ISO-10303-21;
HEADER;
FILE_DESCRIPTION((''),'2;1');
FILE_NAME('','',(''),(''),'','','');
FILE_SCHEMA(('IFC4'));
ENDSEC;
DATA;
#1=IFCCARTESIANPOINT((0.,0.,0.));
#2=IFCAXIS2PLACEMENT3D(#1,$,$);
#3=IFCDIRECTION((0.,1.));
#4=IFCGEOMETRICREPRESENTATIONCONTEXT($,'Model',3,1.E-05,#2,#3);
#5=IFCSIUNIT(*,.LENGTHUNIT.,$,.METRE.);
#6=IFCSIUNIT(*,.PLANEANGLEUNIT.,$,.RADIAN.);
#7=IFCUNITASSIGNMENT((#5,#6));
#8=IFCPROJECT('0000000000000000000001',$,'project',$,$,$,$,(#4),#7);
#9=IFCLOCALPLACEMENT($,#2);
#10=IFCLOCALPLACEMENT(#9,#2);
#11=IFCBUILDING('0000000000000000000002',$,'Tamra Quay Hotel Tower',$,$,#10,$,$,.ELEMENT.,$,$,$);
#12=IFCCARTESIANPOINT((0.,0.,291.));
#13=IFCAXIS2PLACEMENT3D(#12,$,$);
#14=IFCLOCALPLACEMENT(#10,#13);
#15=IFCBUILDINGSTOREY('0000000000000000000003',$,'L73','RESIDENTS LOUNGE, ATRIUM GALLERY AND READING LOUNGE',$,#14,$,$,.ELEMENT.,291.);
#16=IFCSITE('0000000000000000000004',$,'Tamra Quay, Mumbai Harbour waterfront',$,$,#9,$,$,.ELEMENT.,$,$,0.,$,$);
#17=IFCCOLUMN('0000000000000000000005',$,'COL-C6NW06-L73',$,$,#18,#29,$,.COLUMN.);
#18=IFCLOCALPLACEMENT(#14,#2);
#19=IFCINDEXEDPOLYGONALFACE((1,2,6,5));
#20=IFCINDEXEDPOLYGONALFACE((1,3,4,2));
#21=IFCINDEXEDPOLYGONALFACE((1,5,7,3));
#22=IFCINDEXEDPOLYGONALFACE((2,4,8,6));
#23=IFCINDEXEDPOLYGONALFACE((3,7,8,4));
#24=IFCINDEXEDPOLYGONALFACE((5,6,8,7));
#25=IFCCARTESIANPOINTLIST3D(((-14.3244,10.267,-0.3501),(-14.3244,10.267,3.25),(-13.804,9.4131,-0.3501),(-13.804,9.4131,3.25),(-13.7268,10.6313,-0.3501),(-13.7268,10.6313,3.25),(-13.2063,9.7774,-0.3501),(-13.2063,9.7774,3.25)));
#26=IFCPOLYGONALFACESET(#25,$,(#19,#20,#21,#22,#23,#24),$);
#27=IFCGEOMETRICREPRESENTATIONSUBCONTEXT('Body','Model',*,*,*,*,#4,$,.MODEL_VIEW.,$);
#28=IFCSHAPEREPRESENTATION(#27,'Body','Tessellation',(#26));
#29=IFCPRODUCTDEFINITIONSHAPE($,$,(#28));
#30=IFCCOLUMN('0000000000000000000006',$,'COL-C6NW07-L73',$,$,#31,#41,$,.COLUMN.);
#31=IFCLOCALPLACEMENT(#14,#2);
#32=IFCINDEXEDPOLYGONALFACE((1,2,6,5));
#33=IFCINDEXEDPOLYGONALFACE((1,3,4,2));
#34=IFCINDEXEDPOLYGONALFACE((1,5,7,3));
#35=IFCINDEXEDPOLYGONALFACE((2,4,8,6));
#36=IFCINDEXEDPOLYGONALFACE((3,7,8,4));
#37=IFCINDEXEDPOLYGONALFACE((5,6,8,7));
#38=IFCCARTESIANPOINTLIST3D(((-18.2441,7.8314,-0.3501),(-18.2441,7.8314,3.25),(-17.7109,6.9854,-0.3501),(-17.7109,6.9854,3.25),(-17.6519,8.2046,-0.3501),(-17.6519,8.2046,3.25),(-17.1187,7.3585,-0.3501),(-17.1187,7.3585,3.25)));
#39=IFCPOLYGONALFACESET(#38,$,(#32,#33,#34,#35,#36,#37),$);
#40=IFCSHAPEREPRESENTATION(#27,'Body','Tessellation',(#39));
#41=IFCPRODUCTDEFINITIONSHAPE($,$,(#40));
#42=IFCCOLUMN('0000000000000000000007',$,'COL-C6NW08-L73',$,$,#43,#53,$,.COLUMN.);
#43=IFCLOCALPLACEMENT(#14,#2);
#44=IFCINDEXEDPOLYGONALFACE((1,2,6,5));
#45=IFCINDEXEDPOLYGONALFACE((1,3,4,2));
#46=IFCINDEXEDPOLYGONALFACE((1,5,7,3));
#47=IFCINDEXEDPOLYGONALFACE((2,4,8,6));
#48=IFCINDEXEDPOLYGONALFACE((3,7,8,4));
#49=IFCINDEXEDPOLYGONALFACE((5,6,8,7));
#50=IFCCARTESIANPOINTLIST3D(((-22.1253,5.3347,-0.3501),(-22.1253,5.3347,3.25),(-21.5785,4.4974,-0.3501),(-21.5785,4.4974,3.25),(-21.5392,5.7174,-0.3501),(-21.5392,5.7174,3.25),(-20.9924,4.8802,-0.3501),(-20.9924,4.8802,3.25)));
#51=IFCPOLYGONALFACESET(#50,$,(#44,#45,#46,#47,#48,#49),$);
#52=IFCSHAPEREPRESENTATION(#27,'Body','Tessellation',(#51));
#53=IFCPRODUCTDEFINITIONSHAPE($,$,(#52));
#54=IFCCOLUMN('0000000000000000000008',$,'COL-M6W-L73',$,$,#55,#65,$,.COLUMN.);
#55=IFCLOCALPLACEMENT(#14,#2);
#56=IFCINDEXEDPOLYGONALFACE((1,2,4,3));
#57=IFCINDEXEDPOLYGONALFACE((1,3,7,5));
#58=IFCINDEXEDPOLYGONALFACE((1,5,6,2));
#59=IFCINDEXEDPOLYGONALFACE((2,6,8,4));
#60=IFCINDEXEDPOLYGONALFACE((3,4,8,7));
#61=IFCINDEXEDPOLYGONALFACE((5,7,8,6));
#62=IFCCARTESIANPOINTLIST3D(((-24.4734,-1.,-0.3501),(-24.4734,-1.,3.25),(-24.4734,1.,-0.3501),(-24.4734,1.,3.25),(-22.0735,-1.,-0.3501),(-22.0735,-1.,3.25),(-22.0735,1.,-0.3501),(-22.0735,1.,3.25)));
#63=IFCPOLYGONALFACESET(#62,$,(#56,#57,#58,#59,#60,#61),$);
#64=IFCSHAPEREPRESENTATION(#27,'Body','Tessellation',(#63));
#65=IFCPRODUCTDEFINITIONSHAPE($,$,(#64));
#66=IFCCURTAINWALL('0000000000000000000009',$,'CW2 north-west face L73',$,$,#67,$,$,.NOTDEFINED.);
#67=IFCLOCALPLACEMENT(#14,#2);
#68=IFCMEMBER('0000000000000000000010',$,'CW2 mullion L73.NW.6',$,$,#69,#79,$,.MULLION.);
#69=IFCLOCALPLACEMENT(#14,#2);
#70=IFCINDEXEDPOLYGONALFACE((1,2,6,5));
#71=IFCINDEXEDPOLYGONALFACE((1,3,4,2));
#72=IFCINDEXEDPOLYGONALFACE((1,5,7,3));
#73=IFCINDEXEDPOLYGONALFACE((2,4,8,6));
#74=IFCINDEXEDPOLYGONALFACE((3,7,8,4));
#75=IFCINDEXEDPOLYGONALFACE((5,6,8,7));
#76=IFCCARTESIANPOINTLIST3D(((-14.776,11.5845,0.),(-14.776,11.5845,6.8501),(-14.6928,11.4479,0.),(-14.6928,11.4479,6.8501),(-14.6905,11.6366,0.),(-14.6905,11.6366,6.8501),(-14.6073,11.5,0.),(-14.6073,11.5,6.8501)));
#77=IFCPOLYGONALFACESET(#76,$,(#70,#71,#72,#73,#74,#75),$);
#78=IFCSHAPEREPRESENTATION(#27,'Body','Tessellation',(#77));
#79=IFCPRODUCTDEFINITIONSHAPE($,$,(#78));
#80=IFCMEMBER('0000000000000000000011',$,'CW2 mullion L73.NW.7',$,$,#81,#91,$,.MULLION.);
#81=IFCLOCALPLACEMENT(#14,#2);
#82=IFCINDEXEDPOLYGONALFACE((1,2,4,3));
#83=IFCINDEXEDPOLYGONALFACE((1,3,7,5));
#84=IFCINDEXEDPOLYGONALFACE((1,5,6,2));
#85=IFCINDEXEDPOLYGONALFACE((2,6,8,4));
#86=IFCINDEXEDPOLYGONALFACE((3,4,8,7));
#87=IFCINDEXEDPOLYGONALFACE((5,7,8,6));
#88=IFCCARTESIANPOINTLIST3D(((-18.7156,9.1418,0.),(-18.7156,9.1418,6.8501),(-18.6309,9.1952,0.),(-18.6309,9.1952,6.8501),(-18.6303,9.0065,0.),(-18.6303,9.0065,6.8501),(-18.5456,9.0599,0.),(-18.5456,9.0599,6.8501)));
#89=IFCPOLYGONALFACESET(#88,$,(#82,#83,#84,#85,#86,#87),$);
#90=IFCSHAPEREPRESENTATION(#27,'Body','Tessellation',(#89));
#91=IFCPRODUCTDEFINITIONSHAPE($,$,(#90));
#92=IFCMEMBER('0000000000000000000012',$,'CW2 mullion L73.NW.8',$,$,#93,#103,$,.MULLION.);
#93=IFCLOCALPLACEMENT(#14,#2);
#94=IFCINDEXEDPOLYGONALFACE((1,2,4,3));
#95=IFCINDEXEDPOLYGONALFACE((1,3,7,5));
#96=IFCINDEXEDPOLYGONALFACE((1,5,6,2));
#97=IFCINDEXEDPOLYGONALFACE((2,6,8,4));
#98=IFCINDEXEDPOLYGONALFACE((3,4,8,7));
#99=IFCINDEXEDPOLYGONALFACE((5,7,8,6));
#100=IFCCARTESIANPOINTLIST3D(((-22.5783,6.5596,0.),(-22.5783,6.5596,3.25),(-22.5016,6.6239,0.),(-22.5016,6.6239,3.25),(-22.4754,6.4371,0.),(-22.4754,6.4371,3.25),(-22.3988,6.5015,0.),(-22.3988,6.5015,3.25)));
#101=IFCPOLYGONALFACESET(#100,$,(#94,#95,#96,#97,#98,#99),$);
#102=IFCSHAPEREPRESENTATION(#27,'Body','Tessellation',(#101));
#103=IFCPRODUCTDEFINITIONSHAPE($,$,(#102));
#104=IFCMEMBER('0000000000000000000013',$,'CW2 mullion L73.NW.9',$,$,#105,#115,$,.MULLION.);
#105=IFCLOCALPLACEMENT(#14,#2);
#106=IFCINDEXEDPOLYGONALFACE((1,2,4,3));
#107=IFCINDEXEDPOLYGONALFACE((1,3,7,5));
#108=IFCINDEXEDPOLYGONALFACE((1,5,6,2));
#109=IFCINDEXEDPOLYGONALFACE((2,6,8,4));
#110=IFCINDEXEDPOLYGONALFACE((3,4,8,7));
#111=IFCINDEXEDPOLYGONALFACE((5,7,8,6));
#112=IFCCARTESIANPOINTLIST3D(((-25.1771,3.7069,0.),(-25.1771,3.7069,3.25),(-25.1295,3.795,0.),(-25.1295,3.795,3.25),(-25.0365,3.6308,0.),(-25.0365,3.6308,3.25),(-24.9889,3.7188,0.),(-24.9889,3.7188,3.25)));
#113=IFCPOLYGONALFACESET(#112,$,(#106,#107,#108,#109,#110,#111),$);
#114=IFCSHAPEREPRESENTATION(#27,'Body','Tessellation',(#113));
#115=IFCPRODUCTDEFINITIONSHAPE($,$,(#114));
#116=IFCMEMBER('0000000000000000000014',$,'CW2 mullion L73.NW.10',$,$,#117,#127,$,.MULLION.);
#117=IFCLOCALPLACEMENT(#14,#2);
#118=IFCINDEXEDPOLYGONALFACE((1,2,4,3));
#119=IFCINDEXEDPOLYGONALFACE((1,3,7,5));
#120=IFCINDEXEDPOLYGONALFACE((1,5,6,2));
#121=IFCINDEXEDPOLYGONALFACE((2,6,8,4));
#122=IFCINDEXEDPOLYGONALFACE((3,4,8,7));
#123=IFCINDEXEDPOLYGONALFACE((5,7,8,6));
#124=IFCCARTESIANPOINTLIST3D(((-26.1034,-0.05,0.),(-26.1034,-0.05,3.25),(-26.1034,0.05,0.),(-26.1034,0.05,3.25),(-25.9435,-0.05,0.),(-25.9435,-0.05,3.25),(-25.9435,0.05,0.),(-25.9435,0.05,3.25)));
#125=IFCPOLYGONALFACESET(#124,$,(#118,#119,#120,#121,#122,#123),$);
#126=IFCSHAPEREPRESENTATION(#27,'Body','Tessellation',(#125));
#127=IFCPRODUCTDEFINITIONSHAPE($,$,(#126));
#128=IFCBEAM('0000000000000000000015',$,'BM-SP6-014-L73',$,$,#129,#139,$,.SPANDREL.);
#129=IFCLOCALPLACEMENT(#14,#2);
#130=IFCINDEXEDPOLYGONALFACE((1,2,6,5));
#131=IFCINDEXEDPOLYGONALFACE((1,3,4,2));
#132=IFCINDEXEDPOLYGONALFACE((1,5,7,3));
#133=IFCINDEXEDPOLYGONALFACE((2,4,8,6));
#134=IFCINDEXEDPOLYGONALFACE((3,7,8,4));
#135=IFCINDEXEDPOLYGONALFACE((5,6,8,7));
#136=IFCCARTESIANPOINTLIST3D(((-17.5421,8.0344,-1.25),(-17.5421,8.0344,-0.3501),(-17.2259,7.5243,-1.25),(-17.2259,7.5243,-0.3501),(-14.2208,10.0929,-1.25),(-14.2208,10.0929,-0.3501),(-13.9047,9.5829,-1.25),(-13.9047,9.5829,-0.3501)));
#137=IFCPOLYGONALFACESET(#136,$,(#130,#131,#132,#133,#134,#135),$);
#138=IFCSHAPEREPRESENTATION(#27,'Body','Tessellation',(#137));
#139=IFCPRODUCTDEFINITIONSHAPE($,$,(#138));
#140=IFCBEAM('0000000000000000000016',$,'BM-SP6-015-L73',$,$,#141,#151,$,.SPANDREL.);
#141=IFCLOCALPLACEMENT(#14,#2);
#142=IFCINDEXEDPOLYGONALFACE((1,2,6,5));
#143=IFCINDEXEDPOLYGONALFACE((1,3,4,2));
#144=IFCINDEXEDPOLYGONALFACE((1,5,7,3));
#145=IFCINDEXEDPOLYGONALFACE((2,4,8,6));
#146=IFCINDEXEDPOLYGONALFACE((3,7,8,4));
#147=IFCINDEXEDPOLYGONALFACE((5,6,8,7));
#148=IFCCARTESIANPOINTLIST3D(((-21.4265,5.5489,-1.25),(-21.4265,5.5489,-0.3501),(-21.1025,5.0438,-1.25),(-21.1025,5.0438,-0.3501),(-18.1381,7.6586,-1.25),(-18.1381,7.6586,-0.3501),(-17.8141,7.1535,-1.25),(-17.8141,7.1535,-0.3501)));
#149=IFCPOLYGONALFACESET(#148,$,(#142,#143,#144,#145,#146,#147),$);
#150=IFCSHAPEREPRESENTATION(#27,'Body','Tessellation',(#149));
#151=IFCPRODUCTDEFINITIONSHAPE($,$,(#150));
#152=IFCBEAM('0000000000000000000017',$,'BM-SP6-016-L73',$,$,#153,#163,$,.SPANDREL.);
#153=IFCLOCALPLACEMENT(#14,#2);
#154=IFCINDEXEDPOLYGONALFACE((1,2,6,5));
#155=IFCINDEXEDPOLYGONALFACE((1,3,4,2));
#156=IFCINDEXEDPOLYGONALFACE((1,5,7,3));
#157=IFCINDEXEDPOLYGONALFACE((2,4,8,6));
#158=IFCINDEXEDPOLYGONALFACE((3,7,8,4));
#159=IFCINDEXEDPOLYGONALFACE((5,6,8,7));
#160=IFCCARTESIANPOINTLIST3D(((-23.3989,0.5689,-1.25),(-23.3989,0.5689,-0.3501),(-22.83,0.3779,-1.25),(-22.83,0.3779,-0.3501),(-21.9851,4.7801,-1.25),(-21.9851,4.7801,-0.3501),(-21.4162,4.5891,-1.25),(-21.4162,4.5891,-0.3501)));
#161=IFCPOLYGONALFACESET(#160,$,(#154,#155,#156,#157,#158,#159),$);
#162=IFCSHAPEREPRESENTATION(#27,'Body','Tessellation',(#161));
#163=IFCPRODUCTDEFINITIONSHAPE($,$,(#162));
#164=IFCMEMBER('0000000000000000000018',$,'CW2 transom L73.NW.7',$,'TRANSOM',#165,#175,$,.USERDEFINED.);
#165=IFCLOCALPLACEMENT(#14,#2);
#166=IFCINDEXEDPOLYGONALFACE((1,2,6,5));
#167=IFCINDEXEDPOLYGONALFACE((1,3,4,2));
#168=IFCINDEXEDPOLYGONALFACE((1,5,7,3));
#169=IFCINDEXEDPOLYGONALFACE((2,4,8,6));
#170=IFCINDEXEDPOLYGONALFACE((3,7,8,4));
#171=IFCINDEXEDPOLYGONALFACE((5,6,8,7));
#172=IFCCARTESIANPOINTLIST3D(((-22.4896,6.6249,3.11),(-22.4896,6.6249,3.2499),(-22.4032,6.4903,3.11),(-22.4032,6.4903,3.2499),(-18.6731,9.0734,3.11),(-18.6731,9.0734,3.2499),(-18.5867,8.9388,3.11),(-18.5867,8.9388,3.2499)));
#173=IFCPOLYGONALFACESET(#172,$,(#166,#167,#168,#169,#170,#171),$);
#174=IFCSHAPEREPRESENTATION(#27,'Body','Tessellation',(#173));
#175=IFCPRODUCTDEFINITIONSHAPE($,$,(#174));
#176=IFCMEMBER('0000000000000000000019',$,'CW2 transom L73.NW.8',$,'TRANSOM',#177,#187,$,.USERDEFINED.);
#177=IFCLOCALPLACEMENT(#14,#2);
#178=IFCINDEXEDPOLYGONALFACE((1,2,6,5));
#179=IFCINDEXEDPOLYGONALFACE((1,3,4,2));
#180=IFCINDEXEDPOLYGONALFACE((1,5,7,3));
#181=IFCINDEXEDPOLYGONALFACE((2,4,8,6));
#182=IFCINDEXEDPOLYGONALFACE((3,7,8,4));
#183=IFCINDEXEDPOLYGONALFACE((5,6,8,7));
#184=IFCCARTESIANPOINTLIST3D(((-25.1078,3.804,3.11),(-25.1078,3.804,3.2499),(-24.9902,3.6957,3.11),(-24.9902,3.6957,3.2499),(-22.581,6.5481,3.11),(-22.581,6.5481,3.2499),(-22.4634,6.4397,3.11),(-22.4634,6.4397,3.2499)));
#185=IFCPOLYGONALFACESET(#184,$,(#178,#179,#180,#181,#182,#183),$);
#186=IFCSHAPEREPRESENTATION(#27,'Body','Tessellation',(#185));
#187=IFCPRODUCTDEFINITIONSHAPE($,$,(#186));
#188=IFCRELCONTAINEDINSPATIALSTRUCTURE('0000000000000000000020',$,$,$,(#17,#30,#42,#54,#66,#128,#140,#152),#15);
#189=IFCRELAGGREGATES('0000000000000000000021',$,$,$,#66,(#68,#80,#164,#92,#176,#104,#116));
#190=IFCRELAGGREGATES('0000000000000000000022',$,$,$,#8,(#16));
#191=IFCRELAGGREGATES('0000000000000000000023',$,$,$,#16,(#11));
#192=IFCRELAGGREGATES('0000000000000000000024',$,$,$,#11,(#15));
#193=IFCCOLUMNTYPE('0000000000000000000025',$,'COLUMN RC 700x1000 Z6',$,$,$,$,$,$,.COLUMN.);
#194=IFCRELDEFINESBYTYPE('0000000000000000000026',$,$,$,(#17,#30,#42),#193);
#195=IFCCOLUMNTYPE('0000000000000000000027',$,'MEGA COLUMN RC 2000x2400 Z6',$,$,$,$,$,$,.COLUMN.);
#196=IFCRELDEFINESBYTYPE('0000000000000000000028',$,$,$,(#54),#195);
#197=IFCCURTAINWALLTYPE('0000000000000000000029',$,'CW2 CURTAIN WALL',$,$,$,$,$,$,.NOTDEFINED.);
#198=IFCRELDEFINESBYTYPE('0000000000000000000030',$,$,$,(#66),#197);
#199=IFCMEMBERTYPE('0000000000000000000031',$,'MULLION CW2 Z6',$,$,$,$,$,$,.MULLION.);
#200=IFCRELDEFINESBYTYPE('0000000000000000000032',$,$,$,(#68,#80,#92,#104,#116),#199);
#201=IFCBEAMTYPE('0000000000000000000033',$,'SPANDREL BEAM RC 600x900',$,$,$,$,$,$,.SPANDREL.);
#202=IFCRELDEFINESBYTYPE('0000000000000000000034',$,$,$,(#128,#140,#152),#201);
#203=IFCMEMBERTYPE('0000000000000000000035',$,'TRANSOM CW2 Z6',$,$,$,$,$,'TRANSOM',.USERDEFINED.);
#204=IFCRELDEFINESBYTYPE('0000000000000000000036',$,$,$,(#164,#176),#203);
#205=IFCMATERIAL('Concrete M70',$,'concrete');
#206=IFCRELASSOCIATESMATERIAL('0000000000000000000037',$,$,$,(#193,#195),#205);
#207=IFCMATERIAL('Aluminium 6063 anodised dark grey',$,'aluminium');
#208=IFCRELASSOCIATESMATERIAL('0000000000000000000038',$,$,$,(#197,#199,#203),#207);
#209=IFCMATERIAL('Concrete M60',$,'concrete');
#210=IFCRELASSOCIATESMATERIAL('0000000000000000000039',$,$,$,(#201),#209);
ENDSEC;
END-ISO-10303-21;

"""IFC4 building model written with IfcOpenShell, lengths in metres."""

from ifc_helpers import new_model, si_unit, direction, frame, origin, origin_2d, place, context, subcontext, project, spatial, rectangle, extrude, material, material_profile, profile_set, type_object, element, aggregate, save


model = new_model("IFC4")

# Units and contexts
model_context = context("Model", 3, precision=1e-05, world=origin(), true_north=direction((0.0, 1.0)))
body_context = subcontext(model_context, "Body", "Model", "MODEL_VIEW")
ifc_project = project(units=[si_unit("LENGTHUNIT", "METRE"), si_unit("PLANEANGLEUNIT", "RADIAN")], contexts=[model_context])

# Site, building, storey
site_placement = place(None, origin())
site = spatial("IfcSite", under=ifc_project, at=site_placement, Name="Tamra Quay, Mumbai Harbour waterfront", CompositionType="ELEMENT", RefElevation=0.0)
building_placement = place(site_placement, origin())
building = spatial("IfcBuilding", under=site, at=building_placement, Name="Tamra Quay Hotel Tower", CompositionType="ELEMENT")
storey_placement = place(building_placement, frame((0.0, 0.0, 291.0)))
storey = spatial("IfcBuildingStorey", under=building, at=storey_placement, Name="L73", Description="RESIDENTS LOUNGE, ATRIUM GALLERY AND READING LOUNGE", CompositionType="ELEMENT", Elevation=291.0)

# Columns
ifc_material_1 = material(Name="Concrete M70", Category="concrete")
ifc_material_profile_1 = material_profile(ifc_material_1, rectangle(XDim=1.0, YDim=0.7, at=origin_2d()), Name="COLUMN RC 700x1000 Z6")
ifc_profile_set_1 = profile_set([ifc_material_profile_1], Name="Concrete M70")
column_type_1 = type_object("IfcColumnType", Name="COLUMN RC 700x1000 Z6", PredefinedType="COLUMN", material=ifc_profile_set_1)
for number, where, z_axis, x_axis, name in (
    (1, (-13.7654, 10.0222, -0.3501), (0.0, 0.0, 1.0), (-0.52043, 0.853904, 0.0), "COL-C6NW06-L73"),
    (2, (-17.6814, 7.595, -0.3501), (0.0, 0.0, 1.0), (-0.533133, 0.846031, 0.0), "COL-C6NW07-L73"),
    (3, (-21.5588, 5.1074, -0.3501), (0.0, 0.0, 1.0), (-0.546805, 0.83726, 0.0), "COL-C6NW08-L73"),
):
    element("IfcColumn", number, at=place(storey_placement, frame(where, z_axis=z_axis, x_axis=x_axis)), inside=storey, type_object=column_type_1, Name=name, PredefinedType="COLUMN", context=body_context, shape_type="SweptSolid", body=[
        extrude(rectangle(XDim=1.0, YDim=0.7, at=origin_2d()), origin(), (0.0, 0.0, 1.0), 3.6001),
    ])
ifc_material_profile_2 = material_profile(ifc_material_1, rectangle(XDim=2.3999, YDim=2.0, at=origin_2d()), Name="MEGA COLUMN RC 2000x2400 Z6")
ifc_profile_set_2 = profile_set([ifc_material_profile_2], Name="Concrete M70")
column_type_2 = type_object("IfcColumnType", Name="MEGA COLUMN RC 2000x2400 Z6", PredefinedType="COLUMN", material=ifc_profile_set_2)
column_placement = place(storey_placement, frame((-23.2734, 0.0, -0.3501), z_axis=(0.0, 0.0, 1.0), x_axis=(1.0, 0.0, 0.0)))
element("IfcColumn", 4, at=column_placement, inside=storey, type_object=column_type_2, Name="COL-M6W-L73", PredefinedType="COLUMN", context=body_context, shape_type="SweptSolid", body=[
    extrude(rectangle(XDim=2.3999, YDim=2.0, at=origin_2d()), origin(), (0.0, 0.0, 1.0), 3.6001),
])

# Curtain wall, members
ifc_material_2 = material(Name="Aluminium 6063 anodised dark grey", Category="aluminium")
curtain_wall_type = type_object("IfcCurtainWallType", Name="CW2 CURTAIN WALL", PredefinedType="NOTDEFINED", material=ifc_material_2)
curtain_wall_placement = place(storey_placement, origin())
curtain_wall = element("IfcCurtainWall", 5, at=curtain_wall_placement, inside=storey, type_object=curtain_wall_type, Name="CW2 north-west face L73", PredefinedType="NOTDEFINED")
ifc_material_profile_3 = material_profile(ifc_material_2, rectangle(XDim=0.1599, YDim=0.1001, at=origin_2d()), Name="MULLION 100X160")
ifc_profile_set_3 = profile_set([ifc_material_profile_3], Name="Aluminium 6063 anodised dark grey")
member_type_1 = type_object("IfcMemberType", Name="MULLION CW2 Z6", PredefinedType="MULLION", material=ifc_profile_set_3)
member_1_placement = place(storey_placement, frame((-14.6917, 11.5422, 0.0), z_axis=(0.0, 0.0, 1.0), x_axis=(-0.52016, 0.854069, 0.0)))
member_1 = element("IfcMember", 6, at=member_1_placement, type_object=member_type_1, Name="CW2 mullion L73.NW.6", PredefinedType="MULLION", context=body_context, shape_type="SweptSolid", body=[
    extrude(rectangle(XDim=0.1599, YDim=0.1001, at=origin_2d()), origin(), (0.0, 0.0, 1.0), 6.8501),
])
member_2_placement = place(storey_placement, frame((-18.6306, 9.1008, 0.0), z_axis=(0.0, 0.0, 1.0), x_axis=(-0.533422, 0.845849, 0.0)))
member_2 = element("IfcMember", 7, at=member_2_placement, type_object=member_type_1, Name="CW2 mullion L73.NW.7", PredefinedType="MULLION", context=body_context, shape_type="SweptSolid", body=[
    extrude(rectangle(XDim=0.1599, YDim=0.1001, at=origin_2d()), origin(), (0.0, 0.0, 1.0), 6.8501),
])
member_3_placement = place(storey_placement, frame((-22.4885, 6.5305, 0.0), z_axis=(0.0, 0.0, 1.0), x_axis=(-0.643086, 0.765794, 0.0)))
member_3 = element("IfcMember", 8, at=member_3_placement, type_object=member_type_1, Name="CW2 mullion L73.NW.8", PredefinedType="MULLION", context=body_context, shape_type="SweptSolid", body=[
    extrude(rectangle(XDim=0.1599, YDim=0.1001, at=origin_2d()), origin(), (0.0, 0.0, 1.0), 3.25),
])
member_4_placement = place(storey_placement, frame((-25.083, 3.7129, 0.0), z_axis=(0.0, 0.0, 1.0), x_axis=(-0.879433, 0.476023, 0.0)))
member_4 = element("IfcMember", 9, at=member_4_placement, type_object=member_type_1, Name="CW2 mullion L73.NW.9", PredefinedType="MULLION", context=body_context, shape_type="SweptSolid", body=[
    extrude(rectangle(XDim=0.1599, YDim=0.1001, at=origin_2d()), origin(), (0.0, 0.0, 1.0), 3.25),
])
member_5_placement = place(storey_placement, frame((-26.0234, 0.0, 0.0), z_axis=(0.0, 0.0, 1.0), x_axis=(-1.0, 0.0, 0.0)))
member_5 = element("IfcMember", 10, at=member_5_placement, type_object=member_type_1, Name="CW2 mullion L73.NW.10", PredefinedType="MULLION", context=body_context, shape_type="SweptSolid", body=[
    extrude(rectangle(XDim=0.1599, YDim=0.1001, at=origin_2d()), origin(), (0.0, 0.0, 1.0), 3.25),
])

# Beams
ifc_material_3 = material(Name="Concrete M60", Category="concrete")
ifc_material_profile_4 = material_profile(ifc_material_3, rectangle(XDim=0.6001, YDim=0.8999, at=origin_2d()), Name="SPANDREL BEAM RC 600x900")
ifc_profile_set_4 = profile_set([ifc_material_profile_4], Name="Concrete M60")
beam_type = type_object("IfcBeamType", Name="SPANDREL BEAM RC 600x900", PredefinedType="SPANDREL", material=ifc_profile_set_4)
beam_1_placement = place(storey_placement, frame((-14.0627, 9.8379, -0.8), z_axis=(-0.849972, -0.526828, 0.0), x_axis=(0.526828, -0.849972, 0.0)))
element("IfcBeam", 11, at=beam_1_placement, inside=storey, type_object=beam_type, Name="BM-SP6-014-L73", PredefinedType="SPANDREL", context=body_context, shape_type="SweptSolid", body=[
    extrude(rectangle(XDim=0.6001, YDim=0.8999, at=origin_2d()), origin(), (0.0, 0.0, 1.0), 3.9075),
])
beam_2_placement = place(storey_placement, frame((-17.9761, 7.406, -0.8), z_axis=(-0.84168, -0.539977, 0.0), x_axis=(0.539977, -0.84168, 0.0)))
element("IfcBeam", 12, at=beam_2_placement, inside=storey, type_object=beam_type, Name="BM-SP6-015-L73", PredefinedType="SPANDREL", context=body_context, shape_type="SweptSolid", body=[
    extrude(rectangle(XDim=0.6001, YDim=0.8999, at=origin_2d()), origin(), (0.0, 0.0, 1.0), 3.907),
])
beam_3_placement = place(storey_placement, frame((-21.7007, 4.6846, -0.8), z_axis=(-0.318272, -0.948, 0.0), x_axis=(0.948, -0.318272, 0.0)))
element("IfcBeam", 13, at=beam_3_placement, inside=storey, type_object=beam_type, Name="BM-SP6-016-L73", PredefinedType="SPANDREL", context=body_context, shape_type="SweptSolid", body=[
    extrude(rectangle(XDim=0.6001, YDim=0.8999, at=origin_2d()), origin(), (0.0, 0.0, 1.0), 4.4421),
])

# Members
ifc_material_profile_5 = material_profile(ifc_material_2, rectangle(XDim=0.1599, YDim=0.1399, at=origin_2d()), Name="TRANSOM 160X140")
ifc_profile_set_5 = profile_set([ifc_material_profile_5], Name="Aluminium 6063 anodised dark grey")
member_type_2 = type_object("IfcMemberType", Name="TRANSOM CW2 Z6", ElementType="TRANSOM", PredefinedType="USERDEFINED", material=ifc_profile_set_5)
member_6_placement = place(storey_placement, frame((-18.6299, 9.0061, 3.1799), z_axis=(-0.841671, -0.53999, 0.0), x_axis=(0.53999, -0.841671, 0.0)))
member_6 = element("IfcMember", 14, at=member_6_placement, type_object=member_type_2, Name="CW2 transom L73.NW.7", ObjectType="TRANSOM", PredefinedType="USERDEFINED", context=body_context, shape_type="SweptSolid", body=[
    extrude(rectangle(XDim=0.1599, YDim=0.1399, at=origin_2d()), origin(), (0.0, 0.0, 1.0), 4.5344),
])
member_7_placement = place(storey_placement, frame((-22.5222, 6.4939, 3.1799), z_axis=(-0.677383, -0.735631, 0.0), x_axis=(0.735631, -0.677383, 0.0)))
member_7 = element("IfcMember", 15, at=member_7_placement, type_object=member_type_2, Name="CW2 transom L73.NW.8", ObjectType="TRANSOM", PredefinedType="USERDEFINED", context=body_context, shape_type="SweptSolid", body=[
    extrude(rectangle(XDim=0.1599, YDim=0.1399, at=origin_2d()), origin(), (0.0, 0.0, 1.0), 3.7302),
])

aggregate(curtain_wall, [member_1, member_2, member_6, member_3, member_7, member_4, member_5])

save(model, "model.ifc")
